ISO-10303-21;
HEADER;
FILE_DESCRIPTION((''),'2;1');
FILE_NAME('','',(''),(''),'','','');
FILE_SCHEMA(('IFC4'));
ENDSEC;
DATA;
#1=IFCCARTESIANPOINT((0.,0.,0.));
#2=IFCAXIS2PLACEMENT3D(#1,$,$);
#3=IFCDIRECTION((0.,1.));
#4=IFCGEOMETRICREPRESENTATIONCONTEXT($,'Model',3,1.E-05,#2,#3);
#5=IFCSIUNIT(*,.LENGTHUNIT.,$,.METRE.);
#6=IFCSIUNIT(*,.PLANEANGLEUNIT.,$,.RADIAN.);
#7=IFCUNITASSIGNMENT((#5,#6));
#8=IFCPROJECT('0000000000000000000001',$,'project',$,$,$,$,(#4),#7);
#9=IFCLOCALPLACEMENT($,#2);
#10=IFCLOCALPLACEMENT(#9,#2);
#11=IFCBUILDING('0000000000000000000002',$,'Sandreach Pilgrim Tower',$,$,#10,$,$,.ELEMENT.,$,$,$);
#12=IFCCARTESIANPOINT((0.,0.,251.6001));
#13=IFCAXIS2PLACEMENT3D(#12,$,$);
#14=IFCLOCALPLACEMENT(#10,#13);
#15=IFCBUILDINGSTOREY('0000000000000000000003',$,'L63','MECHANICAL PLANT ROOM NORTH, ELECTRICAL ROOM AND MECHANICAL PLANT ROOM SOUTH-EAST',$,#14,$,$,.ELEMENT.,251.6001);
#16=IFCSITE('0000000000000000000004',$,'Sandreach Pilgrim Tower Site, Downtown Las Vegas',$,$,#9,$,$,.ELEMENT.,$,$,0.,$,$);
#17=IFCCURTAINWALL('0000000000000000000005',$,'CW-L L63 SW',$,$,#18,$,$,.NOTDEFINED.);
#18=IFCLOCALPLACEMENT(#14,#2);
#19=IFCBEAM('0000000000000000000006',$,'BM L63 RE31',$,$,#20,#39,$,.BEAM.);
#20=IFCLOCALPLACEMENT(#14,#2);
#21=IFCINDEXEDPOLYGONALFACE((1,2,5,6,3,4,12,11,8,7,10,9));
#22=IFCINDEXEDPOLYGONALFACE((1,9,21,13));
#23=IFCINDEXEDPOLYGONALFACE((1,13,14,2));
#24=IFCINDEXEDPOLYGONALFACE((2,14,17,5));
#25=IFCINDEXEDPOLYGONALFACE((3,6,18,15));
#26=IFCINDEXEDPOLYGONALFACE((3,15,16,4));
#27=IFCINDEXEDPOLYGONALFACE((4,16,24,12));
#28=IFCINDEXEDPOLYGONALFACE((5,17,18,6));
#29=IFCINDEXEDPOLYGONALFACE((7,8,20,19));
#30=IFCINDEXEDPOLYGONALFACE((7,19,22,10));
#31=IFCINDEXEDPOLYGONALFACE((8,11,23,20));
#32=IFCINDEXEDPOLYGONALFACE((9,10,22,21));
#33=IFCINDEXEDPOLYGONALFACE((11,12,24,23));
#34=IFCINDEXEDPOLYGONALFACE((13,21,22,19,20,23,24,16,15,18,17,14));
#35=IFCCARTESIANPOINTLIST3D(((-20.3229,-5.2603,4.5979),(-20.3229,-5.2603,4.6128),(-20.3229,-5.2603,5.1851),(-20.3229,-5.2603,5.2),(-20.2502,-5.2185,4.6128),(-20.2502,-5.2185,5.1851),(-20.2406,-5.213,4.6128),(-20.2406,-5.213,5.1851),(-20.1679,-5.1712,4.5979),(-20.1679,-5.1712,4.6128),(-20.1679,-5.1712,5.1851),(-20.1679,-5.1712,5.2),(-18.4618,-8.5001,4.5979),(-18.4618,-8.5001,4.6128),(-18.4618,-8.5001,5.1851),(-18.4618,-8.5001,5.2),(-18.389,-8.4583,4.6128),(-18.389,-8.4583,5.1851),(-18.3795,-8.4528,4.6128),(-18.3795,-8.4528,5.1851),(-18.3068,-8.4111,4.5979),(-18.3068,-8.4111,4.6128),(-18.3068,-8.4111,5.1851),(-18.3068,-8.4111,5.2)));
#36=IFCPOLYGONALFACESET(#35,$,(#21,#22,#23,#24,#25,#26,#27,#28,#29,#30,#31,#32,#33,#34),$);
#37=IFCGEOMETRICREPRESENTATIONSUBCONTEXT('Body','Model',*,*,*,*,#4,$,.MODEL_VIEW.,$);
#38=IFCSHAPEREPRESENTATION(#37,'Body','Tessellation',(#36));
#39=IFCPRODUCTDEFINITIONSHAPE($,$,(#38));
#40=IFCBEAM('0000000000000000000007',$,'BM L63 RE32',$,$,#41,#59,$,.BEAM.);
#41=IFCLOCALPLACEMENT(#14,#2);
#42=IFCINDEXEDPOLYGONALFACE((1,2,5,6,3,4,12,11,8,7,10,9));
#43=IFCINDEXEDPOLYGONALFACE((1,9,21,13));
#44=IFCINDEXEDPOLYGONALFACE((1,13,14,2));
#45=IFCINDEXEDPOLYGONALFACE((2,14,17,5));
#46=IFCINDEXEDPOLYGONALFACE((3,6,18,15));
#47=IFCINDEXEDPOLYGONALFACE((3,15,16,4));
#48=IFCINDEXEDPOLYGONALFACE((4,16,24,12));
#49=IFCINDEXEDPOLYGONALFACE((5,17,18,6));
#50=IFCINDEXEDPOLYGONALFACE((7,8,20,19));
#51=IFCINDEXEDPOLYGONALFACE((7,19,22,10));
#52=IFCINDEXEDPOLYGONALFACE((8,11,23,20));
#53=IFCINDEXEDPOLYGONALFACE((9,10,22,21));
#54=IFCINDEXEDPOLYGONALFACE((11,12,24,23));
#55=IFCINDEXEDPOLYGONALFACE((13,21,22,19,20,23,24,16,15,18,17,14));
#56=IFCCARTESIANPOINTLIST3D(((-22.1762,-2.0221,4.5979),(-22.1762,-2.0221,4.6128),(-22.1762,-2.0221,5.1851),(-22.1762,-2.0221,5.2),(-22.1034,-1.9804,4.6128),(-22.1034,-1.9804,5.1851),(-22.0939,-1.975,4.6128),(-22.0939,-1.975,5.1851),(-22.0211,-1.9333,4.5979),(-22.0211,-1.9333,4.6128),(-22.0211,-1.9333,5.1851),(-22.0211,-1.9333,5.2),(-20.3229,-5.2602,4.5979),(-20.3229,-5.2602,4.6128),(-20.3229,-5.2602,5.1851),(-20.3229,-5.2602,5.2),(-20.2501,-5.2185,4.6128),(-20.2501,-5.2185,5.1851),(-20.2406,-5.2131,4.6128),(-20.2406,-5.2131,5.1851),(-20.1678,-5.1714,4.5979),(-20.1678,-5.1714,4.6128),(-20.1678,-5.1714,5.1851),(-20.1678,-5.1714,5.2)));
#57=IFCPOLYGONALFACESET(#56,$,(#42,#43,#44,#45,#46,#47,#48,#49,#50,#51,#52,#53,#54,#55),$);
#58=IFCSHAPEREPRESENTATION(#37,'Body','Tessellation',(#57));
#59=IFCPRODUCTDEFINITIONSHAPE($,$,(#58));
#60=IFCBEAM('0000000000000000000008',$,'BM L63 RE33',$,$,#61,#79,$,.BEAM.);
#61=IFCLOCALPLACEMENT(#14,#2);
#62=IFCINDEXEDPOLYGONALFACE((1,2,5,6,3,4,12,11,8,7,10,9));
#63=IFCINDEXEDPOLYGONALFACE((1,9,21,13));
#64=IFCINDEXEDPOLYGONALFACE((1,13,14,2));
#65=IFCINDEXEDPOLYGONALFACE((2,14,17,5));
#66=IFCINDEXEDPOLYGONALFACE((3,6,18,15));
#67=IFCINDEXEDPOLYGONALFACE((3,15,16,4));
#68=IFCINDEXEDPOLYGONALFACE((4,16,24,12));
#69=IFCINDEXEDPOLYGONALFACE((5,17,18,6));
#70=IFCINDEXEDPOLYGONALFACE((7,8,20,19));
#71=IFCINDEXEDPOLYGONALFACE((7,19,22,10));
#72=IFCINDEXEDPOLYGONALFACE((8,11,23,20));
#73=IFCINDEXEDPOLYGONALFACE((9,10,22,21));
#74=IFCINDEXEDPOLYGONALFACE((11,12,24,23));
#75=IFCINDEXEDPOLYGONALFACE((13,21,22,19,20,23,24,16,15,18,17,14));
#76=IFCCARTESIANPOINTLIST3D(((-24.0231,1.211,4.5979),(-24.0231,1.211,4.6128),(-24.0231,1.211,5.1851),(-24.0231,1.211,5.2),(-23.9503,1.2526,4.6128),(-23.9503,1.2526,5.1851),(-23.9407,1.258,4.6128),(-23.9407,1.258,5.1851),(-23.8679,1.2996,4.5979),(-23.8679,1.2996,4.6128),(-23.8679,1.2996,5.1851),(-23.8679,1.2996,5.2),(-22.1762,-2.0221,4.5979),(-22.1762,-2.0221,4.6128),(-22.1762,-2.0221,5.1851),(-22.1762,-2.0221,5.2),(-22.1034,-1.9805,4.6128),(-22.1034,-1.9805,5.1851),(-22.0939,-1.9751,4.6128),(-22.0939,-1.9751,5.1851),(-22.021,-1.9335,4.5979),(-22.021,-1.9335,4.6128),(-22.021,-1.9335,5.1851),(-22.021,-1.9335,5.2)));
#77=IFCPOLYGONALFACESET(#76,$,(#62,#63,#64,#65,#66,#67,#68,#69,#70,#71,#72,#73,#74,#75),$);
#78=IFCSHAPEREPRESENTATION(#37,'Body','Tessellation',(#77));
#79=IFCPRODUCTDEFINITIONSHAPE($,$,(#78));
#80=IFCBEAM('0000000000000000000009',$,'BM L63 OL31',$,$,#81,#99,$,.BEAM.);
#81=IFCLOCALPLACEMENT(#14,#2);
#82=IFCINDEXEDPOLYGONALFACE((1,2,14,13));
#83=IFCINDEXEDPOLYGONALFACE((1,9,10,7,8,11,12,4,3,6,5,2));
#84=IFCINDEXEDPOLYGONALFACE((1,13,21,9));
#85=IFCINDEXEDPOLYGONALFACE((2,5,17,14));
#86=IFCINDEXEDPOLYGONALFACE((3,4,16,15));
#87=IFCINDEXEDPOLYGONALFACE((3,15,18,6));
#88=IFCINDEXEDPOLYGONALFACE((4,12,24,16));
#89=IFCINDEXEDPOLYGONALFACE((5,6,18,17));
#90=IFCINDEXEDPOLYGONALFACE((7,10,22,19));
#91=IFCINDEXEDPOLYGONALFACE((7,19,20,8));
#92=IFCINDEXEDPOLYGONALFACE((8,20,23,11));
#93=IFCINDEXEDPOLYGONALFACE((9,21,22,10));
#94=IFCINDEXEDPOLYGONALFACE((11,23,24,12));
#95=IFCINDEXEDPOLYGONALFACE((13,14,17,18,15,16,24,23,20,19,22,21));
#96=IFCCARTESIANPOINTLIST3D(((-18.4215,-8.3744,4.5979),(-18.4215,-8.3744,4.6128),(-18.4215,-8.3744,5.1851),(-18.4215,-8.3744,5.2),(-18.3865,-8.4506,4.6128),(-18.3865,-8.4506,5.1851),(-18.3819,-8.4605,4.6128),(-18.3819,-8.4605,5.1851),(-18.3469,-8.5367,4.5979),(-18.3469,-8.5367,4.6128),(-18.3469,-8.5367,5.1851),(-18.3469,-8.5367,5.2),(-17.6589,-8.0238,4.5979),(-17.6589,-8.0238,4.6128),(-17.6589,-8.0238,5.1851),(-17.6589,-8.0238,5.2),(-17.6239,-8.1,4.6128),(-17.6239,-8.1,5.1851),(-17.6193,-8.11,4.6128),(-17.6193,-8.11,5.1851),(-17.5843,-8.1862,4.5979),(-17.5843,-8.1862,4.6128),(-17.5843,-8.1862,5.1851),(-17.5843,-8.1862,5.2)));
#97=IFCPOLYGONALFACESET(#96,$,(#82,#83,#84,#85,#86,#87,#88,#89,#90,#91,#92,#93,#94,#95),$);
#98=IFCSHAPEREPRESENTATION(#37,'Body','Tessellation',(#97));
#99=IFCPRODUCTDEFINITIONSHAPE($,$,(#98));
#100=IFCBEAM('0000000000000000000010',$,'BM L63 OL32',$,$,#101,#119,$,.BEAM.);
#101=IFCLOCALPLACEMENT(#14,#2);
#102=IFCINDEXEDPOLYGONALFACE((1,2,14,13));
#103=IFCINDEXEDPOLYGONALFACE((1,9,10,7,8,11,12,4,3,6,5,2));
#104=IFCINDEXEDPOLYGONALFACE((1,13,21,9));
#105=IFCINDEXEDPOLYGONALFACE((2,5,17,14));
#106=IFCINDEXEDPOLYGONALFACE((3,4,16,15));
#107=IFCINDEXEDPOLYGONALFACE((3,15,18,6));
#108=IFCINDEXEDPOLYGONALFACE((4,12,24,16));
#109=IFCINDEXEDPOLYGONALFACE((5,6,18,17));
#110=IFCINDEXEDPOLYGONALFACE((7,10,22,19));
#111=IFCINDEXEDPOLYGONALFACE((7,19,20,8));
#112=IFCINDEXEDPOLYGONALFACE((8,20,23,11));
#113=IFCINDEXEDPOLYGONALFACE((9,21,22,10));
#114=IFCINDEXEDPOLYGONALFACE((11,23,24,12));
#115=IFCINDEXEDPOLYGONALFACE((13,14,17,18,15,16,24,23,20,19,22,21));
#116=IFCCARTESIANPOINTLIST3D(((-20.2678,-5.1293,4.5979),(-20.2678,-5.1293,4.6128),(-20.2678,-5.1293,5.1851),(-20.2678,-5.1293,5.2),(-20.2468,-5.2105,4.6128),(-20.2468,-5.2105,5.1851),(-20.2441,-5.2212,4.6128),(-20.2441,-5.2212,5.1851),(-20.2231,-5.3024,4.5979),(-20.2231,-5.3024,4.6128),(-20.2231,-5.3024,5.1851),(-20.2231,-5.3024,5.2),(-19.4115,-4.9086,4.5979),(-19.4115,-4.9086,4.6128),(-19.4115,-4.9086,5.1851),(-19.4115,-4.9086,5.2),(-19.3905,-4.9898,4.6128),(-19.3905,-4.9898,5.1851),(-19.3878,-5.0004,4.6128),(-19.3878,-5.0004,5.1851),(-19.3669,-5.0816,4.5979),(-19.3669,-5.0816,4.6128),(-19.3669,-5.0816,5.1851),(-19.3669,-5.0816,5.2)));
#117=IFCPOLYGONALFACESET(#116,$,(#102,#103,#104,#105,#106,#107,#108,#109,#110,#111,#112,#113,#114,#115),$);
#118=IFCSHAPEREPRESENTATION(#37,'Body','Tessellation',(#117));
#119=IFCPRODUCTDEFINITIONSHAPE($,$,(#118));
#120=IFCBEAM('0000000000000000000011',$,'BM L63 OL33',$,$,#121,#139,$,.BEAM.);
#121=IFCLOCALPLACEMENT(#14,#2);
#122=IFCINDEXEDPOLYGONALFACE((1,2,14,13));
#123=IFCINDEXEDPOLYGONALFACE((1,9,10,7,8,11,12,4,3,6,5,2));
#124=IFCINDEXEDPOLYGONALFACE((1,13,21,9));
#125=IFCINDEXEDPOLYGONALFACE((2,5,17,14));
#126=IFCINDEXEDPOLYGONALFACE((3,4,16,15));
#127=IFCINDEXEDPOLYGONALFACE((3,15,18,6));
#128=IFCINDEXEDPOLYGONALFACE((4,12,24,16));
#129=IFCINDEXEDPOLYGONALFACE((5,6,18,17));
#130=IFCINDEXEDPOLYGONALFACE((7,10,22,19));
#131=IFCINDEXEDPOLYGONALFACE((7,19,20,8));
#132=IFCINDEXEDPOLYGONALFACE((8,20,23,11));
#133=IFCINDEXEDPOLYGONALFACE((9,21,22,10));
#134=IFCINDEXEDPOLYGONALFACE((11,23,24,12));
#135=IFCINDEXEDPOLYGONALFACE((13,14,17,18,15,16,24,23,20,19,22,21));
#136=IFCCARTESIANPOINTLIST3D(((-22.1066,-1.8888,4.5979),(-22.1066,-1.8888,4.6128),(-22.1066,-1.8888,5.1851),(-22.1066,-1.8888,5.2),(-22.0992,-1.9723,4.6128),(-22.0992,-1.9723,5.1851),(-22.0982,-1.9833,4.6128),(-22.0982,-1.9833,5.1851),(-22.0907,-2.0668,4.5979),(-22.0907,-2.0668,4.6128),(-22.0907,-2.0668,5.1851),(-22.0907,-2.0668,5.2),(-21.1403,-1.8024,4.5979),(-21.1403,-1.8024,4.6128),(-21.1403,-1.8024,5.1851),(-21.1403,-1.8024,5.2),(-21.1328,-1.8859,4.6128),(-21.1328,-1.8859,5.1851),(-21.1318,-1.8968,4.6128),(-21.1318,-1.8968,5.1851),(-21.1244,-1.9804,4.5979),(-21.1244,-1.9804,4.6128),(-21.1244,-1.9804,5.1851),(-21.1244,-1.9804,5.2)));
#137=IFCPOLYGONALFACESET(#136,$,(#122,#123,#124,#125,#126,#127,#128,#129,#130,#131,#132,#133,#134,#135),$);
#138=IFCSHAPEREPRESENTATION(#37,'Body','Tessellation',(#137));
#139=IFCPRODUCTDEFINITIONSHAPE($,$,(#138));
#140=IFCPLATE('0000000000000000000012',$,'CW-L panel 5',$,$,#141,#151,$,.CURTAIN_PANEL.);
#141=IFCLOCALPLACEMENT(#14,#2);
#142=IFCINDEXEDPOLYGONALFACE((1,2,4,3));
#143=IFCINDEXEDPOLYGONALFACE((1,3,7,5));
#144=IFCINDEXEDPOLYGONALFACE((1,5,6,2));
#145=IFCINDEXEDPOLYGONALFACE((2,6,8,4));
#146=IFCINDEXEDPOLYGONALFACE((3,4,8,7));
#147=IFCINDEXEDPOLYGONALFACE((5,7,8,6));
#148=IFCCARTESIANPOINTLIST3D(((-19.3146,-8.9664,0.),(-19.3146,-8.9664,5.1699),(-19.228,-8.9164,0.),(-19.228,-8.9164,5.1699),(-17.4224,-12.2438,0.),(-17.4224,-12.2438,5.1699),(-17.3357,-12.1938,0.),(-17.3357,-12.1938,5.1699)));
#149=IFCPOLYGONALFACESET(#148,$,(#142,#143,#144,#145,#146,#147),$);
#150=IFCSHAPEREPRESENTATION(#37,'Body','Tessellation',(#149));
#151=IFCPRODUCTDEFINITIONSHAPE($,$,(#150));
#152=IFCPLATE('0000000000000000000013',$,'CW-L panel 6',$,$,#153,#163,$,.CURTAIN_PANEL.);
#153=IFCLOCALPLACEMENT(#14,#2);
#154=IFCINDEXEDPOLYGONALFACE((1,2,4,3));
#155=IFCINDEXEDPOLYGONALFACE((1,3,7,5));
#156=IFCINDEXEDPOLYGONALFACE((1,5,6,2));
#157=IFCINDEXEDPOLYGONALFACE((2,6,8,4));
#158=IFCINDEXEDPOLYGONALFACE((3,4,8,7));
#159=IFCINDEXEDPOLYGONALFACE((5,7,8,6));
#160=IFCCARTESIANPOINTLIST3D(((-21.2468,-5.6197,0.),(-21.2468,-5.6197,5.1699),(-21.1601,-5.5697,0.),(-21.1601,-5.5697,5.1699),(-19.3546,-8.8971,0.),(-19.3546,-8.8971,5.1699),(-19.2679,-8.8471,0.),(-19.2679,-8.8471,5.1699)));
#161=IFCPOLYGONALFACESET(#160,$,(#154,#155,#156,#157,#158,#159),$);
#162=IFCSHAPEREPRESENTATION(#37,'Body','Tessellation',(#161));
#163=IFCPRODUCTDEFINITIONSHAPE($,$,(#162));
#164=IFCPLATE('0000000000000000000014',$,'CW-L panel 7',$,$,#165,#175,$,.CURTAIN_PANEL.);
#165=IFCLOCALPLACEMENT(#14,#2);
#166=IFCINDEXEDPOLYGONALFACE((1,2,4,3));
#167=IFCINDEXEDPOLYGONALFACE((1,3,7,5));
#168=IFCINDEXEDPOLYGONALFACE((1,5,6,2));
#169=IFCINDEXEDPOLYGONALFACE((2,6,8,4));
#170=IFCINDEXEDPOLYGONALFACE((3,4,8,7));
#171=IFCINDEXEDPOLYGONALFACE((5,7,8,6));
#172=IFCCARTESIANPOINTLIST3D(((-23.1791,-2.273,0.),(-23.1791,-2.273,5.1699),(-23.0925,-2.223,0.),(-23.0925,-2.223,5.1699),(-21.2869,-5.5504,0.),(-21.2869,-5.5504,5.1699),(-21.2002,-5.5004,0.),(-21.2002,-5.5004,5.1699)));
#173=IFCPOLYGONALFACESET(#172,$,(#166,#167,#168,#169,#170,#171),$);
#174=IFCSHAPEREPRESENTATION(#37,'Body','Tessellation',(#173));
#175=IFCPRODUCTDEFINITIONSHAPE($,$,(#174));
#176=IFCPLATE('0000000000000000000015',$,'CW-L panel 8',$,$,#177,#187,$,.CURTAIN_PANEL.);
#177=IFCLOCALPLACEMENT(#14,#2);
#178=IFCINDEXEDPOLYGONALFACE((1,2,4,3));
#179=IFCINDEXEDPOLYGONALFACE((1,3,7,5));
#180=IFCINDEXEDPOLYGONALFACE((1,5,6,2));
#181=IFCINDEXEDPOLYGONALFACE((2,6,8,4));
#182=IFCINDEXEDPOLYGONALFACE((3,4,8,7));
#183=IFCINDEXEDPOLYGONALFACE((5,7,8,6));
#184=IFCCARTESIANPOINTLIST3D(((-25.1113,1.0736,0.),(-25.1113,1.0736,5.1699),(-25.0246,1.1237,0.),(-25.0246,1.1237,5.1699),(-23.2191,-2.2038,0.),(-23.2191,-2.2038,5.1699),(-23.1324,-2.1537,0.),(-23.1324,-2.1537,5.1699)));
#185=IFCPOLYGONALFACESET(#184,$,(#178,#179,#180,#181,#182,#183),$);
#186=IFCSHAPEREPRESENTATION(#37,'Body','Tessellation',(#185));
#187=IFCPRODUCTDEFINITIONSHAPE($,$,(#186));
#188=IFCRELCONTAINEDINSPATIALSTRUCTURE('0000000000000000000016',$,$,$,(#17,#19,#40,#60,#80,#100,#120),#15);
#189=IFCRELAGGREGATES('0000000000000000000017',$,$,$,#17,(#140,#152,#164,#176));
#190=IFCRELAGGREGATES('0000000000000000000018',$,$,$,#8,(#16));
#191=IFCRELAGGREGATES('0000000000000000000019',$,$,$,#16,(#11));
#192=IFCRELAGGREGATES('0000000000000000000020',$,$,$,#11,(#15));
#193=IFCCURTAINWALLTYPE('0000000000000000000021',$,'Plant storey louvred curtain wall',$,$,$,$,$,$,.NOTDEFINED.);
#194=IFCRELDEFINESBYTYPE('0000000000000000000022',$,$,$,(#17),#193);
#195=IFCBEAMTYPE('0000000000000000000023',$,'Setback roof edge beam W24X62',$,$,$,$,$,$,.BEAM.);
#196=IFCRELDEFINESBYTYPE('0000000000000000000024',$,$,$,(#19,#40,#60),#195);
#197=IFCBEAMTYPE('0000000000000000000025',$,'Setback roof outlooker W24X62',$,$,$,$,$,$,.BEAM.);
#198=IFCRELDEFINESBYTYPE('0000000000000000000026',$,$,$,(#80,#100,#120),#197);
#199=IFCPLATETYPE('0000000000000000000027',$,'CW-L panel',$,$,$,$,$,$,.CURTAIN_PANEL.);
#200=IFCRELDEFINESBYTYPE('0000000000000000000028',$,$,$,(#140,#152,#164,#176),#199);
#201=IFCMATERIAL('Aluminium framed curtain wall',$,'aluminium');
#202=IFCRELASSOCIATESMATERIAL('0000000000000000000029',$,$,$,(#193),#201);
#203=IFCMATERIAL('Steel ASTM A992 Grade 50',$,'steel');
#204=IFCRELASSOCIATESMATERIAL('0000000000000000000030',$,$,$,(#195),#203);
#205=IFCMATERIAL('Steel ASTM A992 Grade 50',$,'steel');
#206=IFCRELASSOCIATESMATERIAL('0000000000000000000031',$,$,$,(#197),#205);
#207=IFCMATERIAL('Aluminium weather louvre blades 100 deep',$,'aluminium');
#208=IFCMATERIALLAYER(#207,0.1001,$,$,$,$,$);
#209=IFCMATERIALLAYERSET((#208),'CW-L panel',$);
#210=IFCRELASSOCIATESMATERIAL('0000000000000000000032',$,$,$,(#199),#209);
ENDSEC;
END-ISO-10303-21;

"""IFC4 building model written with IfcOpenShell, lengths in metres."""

from ifc_helpers import new_model, si_unit, direction, frame, origin, origin_2d, place, context, subcontext, project, spatial, rectangle, i_section, extrude, material, layer, layer_set, material_profile, profile_set, type_object, element, aggregate, save


model = new_model("IFC4")

# Units and contexts
model_context = context("Model", 3, precision=1e-05, world=origin(), true_north=direction((0.0, 1.0)))
body_context = subcontext(model_context, "Body", "Model", "MODEL_VIEW")
ifc_project = project(units=[si_unit("LENGTHUNIT", "METRE"), si_unit("PLANEANGLEUNIT", "RADIAN")], contexts=[model_context])

# Site, building, storey
site_placement = place(None, origin())
site = spatial("IfcSite", under=ifc_project, at=site_placement, Name="Sandreach Pilgrim Tower Site, Downtown Las Vegas", CompositionType="ELEMENT", RefElevation=0.0)
building_placement = place(site_placement, origin())
building = spatial("IfcBuilding", under=site, at=building_placement, Name="Sandreach Pilgrim Tower", CompositionType="ELEMENT")
storey_placement = place(building_placement, frame((0.0, 0.0, 251.6001)))
storey = spatial("IfcBuildingStorey", under=building, at=storey_placement, Name="L63", Description="MECHANICAL PLANT ROOM NORTH, ELECTRICAL ROOM AND MECHANICAL PLANT ROOM SOUTH-EAST", CompositionType="ELEMENT", Elevation=251.6001)

# Curtain wall
ifc_material_1 = material(Name="Aluminium framed curtain wall", Category="aluminium")
curtain_wall_type = type_object("IfcCurtainWallType", Name="Plant storey louvred curtain wall", PredefinedType="NOTDEFINED", material=ifc_material_1)
curtain_wall_placement = place(storey_placement, origin())
curtain_wall = element("IfcCurtainWall", 1, at=curtain_wall_placement, inside=storey, type_object=curtain_wall_type, Name="CW-L L63 SW", PredefinedType="NOTDEFINED")

# Beams
ifc_material_2 = material(Name="Steel ASTM A992 Grade 50", Category="steel")
ifc_material_profile_1 = material_profile(ifc_material_2, i_section(OverallWidth=0.1787, OverallDepth=0.6021, WebThickness=0.011, FlangeThickness=0.0149, at=origin_2d()), Name="W24X62")
ifc_profile_set_1 = profile_set([ifc_material_profile_1], Name="Steel ASTM A992 Grade 50")
beam_type_1 = type_object("IfcBeamType", Name="Setback roof edge beam W24X62", PredefinedType="BEAM", material=ifc_profile_set_1)
beam_1_placement = place(storey_placement, frame((-18.3843, -8.4556, 4.8989), z_axis=(-0.498115, 0.867111, 0.0), x_axis=(-0.867111, -0.498115, 0.0)))
element("IfcBeam", 2, at=beam_1_placement, inside=storey, type_object=beam_type_1, Name="BM L63 RE31", PredefinedType="BEAM", context=body_context, shape_type="SweptSolid", body=[
    extrude(i_section(OverallWidth=0.1787, OverallDepth=0.6021, WebThickness=0.011, FlangeThickness=0.0149, at=origin_2d()), origin(), (0.0, 0.0, 1.0), 3.7363),
])
beam_2_placement = place(storey_placement, frame((-20.2454, -5.2158, 4.8989), z_axis=(-0.496738, 0.867901, 0.0), x_axis=(-0.867901, -0.496738, 0.0)))
element("IfcBeam", 3, at=beam_2_placement, inside=storey, type_object=beam_type_1, Name="BM L63 RE32", PredefinedType="BEAM", context=body_context, shape_type="SweptSolid", body=[
    extrude(i_section(OverallWidth=0.1787, OverallDepth=0.6021, WebThickness=0.011, FlangeThickness=0.0149, at=origin_2d()), origin(), (0.0, 0.0, 1.0), 3.731),
])
beam_3_placement = place(storey_placement, frame((-22.0986, -1.9778, 4.8989), z_axis=(-0.496019, 0.868312, 0.0), x_axis=(-0.868312, -0.496019, 0.0)))
element("IfcBeam", 4, at=beam_3_placement, inside=storey, type_object=beam_type_1, Name="BM L63 RE33", PredefinedType="BEAM", context=body_context, shape_type="SweptSolid", body=[
    extrude(i_section(OverallWidth=0.1787, OverallDepth=0.6021, WebThickness=0.011, FlangeThickness=0.0149, at=origin_2d()), origin(), (0.0, 0.0, 1.0), 3.7234),
])
ifc_material_3 = material(Name="Steel ASTM A992 Grade 50", Category="steel")
ifc_material_profile_2 = material_profile(ifc_material_3, i_section(OverallWidth=0.1787, OverallDepth=0.6021, WebThickness=0.011, FlangeThickness=0.0149, at=origin_2d()), Name="W24X62")
ifc_profile_set_2 = profile_set([ifc_material_profile_2], Name="Steel ASTM A992 Grade 50")
beam_type_2 = type_object("IfcBeamType", Name="Setback roof outlooker W24X62", PredefinedType="BEAM", material=ifc_profile_set_2)
beam_4_placement = place(storey_placement, frame((-17.6216, -8.105, 4.8989), z_axis=(-0.908605, -0.417656, 0.0), x_axis=(0.417656, -0.908605, 0.0)))
element("IfcBeam", 5, at=beam_4_placement, inside=storey, type_object=beam_type_2, Name="BM L63 OL31", PredefinedType="BEAM", context=body_context, shape_type="SweptSolid", body=[
    extrude(i_section(OverallWidth=0.1787, OverallDepth=0.6021, WebThickness=0.011, FlangeThickness=0.0149, at=origin_2d()), origin(), (0.0, 0.0, 1.0), 0.8394),
])
beam_5_placement = place(storey_placement, frame((-19.3892, -4.9951, 4.8989), z_axis=(-0.968346, -0.249611, 0.0), x_axis=(0.249611, -0.968346, 0.0)))
element("IfcBeam", 6, at=beam_5_placement, inside=storey, type_object=beam_type_2, Name="BM L63 OL32", PredefinedType="BEAM", context=body_context, shape_type="SweptSolid", body=[
    extrude(i_section(OverallWidth=0.1787, OverallDepth=0.6021, WebThickness=0.011, FlangeThickness=0.0149, at=origin_2d()), origin(), (0.0, 0.0, 1.0), 0.8843),
])
beam_6_placement = place(storey_placement, frame((-21.1323, -1.8914, 4.8989), z_axis=(-0.996024, -0.089084, 0.0), x_axis=(0.089084, -0.996024, 0.0)))
element("IfcBeam", 7, at=beam_6_placement, inside=storey, type_object=beam_type_2, Name="BM L63 OL33", PredefinedType="BEAM", context=body_context, shape_type="SweptSolid", body=[
    extrude(i_section(OverallWidth=0.1787, OverallDepth=0.6021, WebThickness=0.011, FlangeThickness=0.0149, at=origin_2d()), origin(), (0.0, 0.0, 1.0), 0.9702),
])

# Plates
ifc_material_4 = material(Name="Aluminium weather louvre blades 100 deep", Category="aluminium")
ifc_layer = layer(ifc_material_4, 0.1001)
ifc_layer_set = layer_set([ifc_layer], Name="CW-L panel")
plate_type = type_object("IfcPlateType", Name="CW-L panel", PredefinedType="CURTAIN_PANEL", material=ifc_layer_set)
plate_1_placement = place(storey_placement, frame((-18.3252, -10.5801, 0.0), z_axis=(0.0, 0.0, 1.0), x_axis=(-0.5, 0.866025, 0.0)))
plate_1 = element("IfcPlate", 8, at=plate_1_placement, type_object=plate_type, Name="CW-L panel 5", PredefinedType="CURTAIN_PANEL", context=body_context, shape_type="SweptSolid", body=[
    extrude(rectangle(XDim=3.7844, YDim=0.1001, at=origin_2d()), origin(), (0.0, 0.0, 1.0), 5.1699),
])
plate_2_placement = place(storey_placement, frame((-20.2573, -7.2334, 0.0), z_axis=(0.0, 0.0, 1.0), x_axis=(-0.5, 0.866025, 0.0)))
plate_2 = element("IfcPlate", 9, at=plate_2_placement, type_object=plate_type, Name="CW-L panel 6", PredefinedType="CURTAIN_PANEL", context=body_context, shape_type="SweptSolid", body=[
    extrude(rectangle(XDim=3.7844, YDim=0.1001, at=origin_2d()), origin(), (0.0, 0.0, 1.0), 5.1699),
])
plate_3_placement = place(storey_placement, frame((-22.1897, -3.8867, 0.0), z_axis=(0.0, 0.0, 1.0), x_axis=(-0.5, 0.866025, 0.0)))
plate_3 = element("IfcPlate", 10, at=plate_3_placement, type_object=plate_type, Name="CW-L panel 7", PredefinedType="CURTAIN_PANEL", context=body_context, shape_type="SweptSolid", body=[
    extrude(rectangle(XDim=3.7844, YDim=0.1001, at=origin_2d()), origin(), (0.0, 0.0, 1.0), 5.1699),
])
plate_4_placement = place(storey_placement, frame((-24.1218, -0.54, 0.0), z_axis=(0.0, 0.0, 1.0), x_axis=(-0.5, 0.866025, 0.0)))
plate_4 = element("IfcPlate", 11, at=plate_4_placement, type_object=plate_type, Name="CW-L panel 8", PredefinedType="CURTAIN_PANEL", context=body_context, shape_type="SweptSolid", body=[
    extrude(rectangle(XDim=3.7844, YDim=0.1001, at=origin_2d()), origin(), (0.0, 0.0, 1.0), 5.1699),
])
aggregate(curtain_wall, [plate_1, plate_2, plate_3, plate_4])

save(model, "model.ifc")
